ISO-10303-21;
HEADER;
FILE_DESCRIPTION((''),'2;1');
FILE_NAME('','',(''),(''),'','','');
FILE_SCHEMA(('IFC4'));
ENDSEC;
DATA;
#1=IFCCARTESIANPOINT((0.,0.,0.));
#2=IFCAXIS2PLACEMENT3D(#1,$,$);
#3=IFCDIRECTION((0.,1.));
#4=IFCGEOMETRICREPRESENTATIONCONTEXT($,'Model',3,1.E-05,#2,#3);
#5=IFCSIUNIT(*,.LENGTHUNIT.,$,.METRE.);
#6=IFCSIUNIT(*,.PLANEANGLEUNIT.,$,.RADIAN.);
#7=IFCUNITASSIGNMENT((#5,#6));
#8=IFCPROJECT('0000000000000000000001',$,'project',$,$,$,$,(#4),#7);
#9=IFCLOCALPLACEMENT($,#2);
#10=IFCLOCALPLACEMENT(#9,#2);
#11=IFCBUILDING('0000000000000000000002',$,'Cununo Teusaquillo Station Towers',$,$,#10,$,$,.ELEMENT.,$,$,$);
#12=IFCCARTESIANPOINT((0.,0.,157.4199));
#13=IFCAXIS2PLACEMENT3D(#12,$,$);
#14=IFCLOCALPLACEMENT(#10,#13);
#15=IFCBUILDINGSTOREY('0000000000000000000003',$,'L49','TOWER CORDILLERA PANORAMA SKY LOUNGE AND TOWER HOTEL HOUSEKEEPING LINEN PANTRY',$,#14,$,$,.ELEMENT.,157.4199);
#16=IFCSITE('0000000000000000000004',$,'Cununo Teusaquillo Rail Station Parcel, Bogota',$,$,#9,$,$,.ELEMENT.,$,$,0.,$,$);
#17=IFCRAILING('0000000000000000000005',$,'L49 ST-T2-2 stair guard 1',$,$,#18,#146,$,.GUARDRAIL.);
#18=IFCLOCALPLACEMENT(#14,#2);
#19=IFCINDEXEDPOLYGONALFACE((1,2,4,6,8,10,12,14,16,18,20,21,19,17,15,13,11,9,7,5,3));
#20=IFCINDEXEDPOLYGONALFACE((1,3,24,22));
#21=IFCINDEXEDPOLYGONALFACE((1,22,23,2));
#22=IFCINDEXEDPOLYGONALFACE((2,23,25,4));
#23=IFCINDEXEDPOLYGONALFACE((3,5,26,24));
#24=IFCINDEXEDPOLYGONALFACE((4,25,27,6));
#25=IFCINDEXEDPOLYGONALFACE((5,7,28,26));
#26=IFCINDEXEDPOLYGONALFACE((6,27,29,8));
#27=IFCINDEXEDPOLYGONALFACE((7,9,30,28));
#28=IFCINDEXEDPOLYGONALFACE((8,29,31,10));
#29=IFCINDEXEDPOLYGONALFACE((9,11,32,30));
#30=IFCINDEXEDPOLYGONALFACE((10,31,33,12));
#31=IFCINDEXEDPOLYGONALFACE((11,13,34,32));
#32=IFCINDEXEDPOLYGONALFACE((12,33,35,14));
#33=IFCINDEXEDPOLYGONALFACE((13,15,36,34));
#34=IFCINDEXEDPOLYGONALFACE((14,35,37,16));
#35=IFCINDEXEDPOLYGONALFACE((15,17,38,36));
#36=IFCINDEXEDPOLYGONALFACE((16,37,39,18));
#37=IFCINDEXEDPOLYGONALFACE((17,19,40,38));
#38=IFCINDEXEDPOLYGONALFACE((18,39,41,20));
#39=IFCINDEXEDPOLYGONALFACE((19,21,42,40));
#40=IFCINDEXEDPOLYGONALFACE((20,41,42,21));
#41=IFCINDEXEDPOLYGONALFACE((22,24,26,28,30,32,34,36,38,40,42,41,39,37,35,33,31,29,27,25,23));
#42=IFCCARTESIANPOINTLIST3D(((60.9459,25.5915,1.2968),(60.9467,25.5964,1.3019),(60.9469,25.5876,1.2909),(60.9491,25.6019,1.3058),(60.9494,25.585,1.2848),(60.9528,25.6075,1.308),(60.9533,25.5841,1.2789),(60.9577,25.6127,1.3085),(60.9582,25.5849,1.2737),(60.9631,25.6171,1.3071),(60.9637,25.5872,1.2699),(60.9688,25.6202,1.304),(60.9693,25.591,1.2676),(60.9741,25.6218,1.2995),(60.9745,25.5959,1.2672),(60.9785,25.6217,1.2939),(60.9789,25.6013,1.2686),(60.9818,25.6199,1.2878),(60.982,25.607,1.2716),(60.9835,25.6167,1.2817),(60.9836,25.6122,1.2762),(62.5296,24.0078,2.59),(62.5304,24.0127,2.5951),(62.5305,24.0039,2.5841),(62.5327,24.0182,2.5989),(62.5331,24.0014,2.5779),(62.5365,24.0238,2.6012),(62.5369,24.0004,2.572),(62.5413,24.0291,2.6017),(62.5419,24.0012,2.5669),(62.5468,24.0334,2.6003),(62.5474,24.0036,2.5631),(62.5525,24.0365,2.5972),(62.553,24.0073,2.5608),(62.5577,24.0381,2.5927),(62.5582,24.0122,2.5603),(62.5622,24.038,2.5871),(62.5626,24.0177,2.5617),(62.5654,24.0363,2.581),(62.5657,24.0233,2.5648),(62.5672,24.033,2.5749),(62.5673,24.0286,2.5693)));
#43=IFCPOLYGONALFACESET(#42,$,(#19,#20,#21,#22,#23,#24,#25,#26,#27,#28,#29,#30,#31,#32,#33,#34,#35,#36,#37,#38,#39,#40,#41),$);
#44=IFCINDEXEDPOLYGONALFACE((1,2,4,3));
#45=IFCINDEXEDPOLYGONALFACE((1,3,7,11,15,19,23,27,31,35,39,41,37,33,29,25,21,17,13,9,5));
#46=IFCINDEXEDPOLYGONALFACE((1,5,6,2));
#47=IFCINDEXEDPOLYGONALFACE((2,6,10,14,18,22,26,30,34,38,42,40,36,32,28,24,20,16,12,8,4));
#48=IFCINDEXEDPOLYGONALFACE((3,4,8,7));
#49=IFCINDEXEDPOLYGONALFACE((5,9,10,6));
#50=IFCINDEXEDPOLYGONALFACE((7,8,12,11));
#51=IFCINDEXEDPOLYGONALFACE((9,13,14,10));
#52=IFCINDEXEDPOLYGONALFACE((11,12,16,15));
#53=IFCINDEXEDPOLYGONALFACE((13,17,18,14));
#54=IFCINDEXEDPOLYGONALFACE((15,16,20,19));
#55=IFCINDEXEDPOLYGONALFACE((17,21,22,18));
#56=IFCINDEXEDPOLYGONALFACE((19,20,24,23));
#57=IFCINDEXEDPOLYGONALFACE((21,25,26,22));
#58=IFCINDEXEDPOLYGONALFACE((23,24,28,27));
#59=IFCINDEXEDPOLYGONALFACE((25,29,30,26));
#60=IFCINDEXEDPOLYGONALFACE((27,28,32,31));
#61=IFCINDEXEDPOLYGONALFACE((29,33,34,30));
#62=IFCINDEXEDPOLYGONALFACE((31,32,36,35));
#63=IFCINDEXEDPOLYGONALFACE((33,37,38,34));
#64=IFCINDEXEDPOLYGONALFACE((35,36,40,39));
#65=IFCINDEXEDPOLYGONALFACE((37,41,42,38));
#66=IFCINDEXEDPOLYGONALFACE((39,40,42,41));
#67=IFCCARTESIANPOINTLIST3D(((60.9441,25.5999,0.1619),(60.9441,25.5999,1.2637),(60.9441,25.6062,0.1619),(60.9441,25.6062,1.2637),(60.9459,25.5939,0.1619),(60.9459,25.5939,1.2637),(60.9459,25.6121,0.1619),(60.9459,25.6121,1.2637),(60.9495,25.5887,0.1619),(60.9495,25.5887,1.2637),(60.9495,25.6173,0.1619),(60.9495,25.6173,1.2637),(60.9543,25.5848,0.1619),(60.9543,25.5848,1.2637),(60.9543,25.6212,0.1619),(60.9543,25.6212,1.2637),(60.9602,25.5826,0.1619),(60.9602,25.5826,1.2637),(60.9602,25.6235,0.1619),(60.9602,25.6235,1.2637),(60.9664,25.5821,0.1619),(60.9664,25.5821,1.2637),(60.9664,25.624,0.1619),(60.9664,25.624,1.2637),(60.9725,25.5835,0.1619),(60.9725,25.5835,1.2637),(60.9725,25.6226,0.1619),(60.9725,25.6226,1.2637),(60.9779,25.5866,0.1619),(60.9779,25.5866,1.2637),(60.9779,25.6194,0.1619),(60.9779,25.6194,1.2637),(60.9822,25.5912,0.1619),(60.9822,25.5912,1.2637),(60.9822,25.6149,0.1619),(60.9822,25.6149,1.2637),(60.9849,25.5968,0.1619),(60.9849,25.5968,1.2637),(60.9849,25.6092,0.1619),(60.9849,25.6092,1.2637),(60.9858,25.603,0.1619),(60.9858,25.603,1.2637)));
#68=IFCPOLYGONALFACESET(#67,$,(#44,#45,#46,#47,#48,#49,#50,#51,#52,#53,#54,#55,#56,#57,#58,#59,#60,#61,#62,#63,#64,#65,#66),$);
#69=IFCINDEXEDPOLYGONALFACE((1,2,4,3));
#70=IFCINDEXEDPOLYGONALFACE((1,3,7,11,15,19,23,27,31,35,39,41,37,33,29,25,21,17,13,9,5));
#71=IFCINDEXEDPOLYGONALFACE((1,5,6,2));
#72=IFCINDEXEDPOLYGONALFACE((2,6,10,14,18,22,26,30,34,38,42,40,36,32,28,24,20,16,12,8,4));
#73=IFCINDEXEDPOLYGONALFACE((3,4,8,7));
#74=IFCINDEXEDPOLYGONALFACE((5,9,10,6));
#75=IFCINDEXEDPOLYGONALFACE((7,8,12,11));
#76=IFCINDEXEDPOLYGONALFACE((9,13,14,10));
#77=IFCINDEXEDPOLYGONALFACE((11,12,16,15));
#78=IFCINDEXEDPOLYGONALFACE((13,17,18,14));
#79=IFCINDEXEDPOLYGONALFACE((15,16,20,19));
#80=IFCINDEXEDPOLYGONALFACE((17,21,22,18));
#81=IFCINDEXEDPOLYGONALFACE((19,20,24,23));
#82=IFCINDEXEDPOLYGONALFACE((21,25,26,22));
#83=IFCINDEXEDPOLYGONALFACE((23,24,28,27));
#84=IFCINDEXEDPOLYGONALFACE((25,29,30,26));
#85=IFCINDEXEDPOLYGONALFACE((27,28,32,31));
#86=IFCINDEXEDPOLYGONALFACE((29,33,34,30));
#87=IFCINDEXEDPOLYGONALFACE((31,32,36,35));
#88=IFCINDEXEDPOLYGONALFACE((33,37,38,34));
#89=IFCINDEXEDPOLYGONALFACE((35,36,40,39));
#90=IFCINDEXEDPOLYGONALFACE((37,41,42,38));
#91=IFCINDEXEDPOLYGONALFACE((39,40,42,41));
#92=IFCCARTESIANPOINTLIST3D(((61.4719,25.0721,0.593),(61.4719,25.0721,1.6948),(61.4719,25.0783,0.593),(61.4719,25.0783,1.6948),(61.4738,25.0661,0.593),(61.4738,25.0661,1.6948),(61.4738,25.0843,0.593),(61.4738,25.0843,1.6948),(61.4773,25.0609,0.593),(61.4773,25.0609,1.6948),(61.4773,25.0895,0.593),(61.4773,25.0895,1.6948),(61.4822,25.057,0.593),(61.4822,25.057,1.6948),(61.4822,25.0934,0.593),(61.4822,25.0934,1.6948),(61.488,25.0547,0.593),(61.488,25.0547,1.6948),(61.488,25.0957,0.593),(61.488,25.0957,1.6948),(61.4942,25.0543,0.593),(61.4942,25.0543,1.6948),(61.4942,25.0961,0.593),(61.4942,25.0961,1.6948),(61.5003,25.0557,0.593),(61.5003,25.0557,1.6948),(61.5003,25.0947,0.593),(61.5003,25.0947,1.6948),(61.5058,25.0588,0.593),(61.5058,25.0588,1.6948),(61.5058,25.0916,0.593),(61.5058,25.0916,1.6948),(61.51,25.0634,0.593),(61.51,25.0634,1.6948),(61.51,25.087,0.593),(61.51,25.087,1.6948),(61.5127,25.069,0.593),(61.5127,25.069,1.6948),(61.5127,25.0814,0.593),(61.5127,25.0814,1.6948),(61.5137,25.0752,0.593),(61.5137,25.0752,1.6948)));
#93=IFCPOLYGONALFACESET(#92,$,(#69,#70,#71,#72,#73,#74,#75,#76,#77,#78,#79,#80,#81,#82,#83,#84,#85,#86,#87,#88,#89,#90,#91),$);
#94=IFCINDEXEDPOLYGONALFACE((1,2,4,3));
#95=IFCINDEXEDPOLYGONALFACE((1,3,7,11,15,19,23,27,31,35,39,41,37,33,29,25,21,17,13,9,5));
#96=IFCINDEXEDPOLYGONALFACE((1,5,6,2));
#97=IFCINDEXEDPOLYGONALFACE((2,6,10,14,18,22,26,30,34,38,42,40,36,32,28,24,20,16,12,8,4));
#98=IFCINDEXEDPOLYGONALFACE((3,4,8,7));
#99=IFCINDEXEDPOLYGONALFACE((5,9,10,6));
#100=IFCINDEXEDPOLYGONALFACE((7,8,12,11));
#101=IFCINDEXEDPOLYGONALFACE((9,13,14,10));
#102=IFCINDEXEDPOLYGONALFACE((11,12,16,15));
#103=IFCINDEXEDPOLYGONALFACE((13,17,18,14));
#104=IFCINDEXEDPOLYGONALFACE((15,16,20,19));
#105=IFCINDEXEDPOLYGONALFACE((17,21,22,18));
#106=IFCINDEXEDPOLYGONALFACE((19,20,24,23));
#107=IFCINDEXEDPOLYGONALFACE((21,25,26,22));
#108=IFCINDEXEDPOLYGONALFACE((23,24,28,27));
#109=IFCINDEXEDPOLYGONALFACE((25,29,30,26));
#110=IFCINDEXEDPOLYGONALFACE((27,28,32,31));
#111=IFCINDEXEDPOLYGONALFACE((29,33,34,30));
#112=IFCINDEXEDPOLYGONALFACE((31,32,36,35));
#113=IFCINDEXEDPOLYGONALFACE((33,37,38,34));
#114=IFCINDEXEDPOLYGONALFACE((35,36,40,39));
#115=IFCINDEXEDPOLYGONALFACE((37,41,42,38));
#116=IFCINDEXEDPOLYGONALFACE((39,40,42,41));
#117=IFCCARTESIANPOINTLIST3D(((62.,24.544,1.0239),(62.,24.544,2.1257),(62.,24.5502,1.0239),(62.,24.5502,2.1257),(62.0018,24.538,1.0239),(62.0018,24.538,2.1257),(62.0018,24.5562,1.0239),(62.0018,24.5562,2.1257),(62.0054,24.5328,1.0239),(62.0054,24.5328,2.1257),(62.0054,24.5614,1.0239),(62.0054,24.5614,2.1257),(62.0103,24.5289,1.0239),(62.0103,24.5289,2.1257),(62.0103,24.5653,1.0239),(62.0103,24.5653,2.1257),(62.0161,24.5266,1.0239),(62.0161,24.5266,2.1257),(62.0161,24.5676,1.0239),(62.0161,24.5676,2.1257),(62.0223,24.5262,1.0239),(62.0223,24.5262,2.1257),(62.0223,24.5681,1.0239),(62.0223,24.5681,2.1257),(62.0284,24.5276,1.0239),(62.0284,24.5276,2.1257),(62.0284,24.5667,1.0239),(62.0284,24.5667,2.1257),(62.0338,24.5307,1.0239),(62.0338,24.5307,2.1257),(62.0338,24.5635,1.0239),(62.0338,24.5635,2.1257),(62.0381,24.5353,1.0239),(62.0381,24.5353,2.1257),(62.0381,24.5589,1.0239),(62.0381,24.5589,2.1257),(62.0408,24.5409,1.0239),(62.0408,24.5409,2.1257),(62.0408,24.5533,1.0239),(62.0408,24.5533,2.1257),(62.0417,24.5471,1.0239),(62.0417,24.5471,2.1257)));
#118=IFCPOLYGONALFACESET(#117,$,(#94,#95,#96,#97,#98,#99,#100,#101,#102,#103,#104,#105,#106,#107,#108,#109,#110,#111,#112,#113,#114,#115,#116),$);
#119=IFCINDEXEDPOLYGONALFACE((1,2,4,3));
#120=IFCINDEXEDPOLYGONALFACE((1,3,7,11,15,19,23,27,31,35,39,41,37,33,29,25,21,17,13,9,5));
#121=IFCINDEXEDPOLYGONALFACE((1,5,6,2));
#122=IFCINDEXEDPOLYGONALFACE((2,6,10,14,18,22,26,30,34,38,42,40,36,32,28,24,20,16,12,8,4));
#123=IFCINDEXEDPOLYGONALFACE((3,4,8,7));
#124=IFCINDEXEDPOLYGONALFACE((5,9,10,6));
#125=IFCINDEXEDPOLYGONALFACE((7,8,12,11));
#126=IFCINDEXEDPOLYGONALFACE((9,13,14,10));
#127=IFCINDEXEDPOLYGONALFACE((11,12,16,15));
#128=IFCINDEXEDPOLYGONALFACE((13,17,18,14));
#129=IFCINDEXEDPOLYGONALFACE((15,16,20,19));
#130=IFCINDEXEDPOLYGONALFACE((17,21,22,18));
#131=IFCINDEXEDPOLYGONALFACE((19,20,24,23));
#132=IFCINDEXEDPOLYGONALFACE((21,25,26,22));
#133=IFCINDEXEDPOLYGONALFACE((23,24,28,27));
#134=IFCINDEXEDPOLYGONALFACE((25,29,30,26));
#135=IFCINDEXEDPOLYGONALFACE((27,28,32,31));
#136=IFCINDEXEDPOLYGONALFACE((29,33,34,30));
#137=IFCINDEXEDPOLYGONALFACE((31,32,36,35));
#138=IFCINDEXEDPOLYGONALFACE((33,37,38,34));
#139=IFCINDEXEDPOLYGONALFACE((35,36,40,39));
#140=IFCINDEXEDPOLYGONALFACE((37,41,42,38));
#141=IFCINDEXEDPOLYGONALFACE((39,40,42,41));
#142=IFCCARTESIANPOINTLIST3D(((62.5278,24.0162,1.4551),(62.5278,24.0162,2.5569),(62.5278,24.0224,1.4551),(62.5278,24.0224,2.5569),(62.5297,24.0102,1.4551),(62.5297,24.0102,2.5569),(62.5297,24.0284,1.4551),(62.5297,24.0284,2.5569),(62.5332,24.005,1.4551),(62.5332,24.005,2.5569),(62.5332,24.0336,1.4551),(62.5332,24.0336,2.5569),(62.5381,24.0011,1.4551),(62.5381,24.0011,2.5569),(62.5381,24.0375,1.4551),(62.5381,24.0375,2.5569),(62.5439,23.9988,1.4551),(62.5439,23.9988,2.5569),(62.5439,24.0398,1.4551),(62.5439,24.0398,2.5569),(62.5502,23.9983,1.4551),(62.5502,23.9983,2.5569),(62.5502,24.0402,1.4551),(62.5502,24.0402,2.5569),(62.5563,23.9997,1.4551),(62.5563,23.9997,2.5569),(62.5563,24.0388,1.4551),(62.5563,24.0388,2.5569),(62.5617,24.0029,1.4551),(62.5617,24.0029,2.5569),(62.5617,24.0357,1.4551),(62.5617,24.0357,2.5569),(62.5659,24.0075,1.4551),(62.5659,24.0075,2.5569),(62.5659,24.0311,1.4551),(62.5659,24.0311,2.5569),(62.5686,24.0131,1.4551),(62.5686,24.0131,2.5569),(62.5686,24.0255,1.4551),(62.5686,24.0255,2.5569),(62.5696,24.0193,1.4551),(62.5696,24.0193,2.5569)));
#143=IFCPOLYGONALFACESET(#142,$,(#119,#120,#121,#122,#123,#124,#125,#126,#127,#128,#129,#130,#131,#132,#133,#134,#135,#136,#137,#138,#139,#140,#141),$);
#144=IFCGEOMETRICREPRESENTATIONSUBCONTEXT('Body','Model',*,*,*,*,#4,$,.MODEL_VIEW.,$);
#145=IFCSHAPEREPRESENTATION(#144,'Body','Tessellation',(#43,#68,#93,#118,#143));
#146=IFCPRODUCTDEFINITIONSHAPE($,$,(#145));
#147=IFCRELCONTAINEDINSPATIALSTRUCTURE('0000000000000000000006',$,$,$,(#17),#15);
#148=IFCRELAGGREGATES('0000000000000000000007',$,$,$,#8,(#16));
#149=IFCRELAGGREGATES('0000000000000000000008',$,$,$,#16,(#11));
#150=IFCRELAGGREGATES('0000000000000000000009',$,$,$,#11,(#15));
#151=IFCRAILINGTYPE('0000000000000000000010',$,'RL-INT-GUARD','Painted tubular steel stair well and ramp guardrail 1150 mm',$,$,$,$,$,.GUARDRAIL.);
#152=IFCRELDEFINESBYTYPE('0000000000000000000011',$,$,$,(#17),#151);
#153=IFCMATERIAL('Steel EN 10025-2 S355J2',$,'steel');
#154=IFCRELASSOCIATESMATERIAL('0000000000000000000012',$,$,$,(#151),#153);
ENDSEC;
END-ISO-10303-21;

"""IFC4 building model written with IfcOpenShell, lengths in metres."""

from ifc_helpers import new_model, si_unit, direction, frame, origin, origin_2d, place, context, subcontext, project, spatial, circle, extrude, material, type_object, element, save


model = new_model("IFC4")

# Units and contexts
model_context = context("Model", 3, precision=1e-05, world=origin(), true_north=direction((0.0, 1.0)))
body_context = subcontext(model_context, "Body", "Model", "MODEL_VIEW")
ifc_project = project(units=[si_unit("LENGTHUNIT", "METRE"), si_unit("PLANEANGLEUNIT", "RADIAN")], contexts=[model_context])

# Site, building, storey
site_placement = place(None, origin())
site = spatial("IfcSite", under=ifc_project, at=site_placement, Name="Cununo Teusaquillo Rail Station Parcel, Bogota", CompositionType="ELEMENT", RefElevation=0.0)
building_placement = place(site_placement, origin())
building = spatial("IfcBuilding", under=site, at=building_placement, Name="Cununo Teusaquillo Station Towers", CompositionType="ELEMENT")
storey_placement = place(building_placement, frame((0.0, 0.0, 157.4199)))
storey = spatial("IfcBuildingStorey", under=building, at=storey_placement, Name="L49", Description="TOWER CORDILLERA PANORAMA SKY LOUNGE AND TOWER HOTEL HOUSEKEEPING LINEN PANTRY", CompositionType="ELEMENT", Elevation=157.4199)

# Railing
ifc_material_1 = material(Name="Steel EN 10025-2 S355J2", Category="steel")
railing_type_1 = type_object("IfcRailingType", Name="RL-INT-GUARD", Description="Painted tubular steel stair well and ramp guardrail 1150 mm", PredefinedType="GUARDRAIL", material=ifc_material_1)
railing_1_placement = place(storey_placement, frame((60.9648, 25.603, 0.1619)))
element("IfcRailing", 1, at=railing_1_placement, inside=storey, type_object=railing_type_1, Name="L49 ST-T2-2 stair guard 1", PredefinedType="GUARDRAIL", context=body_context, shape_type="SweptSolid", body=[
    extrude(circle(Radius=0.0239, at=origin_2d()), frame((0.0, 0.0, 1.126), z_axis=(0.612361, -0.612361, 0.500027), x_axis=(0.707107, 0.707107, 0.0)), (0.0, 0.0, 1.0), 2.5862),
    extrude(circle(Radius=0.021, at=origin_2d()), origin(), (0.0, 0.0, 1.0), 1.1018),
    extrude(circle(Radius=0.021, at=origin_2d()), frame((0.5278, -0.5278, 0.4312)), (0.0, 0.0, 1.0), 1.1018),
    extrude(circle(Radius=0.021, at=origin_2d()), frame((1.0559, -1.0559, 0.8621)), (0.0, 0.0, 1.0), 1.1018),
    extrude(circle(Radius=0.021, at=origin_2d()), frame((1.5837, -1.5837, 1.2932)), (0.0, 0.0, 1.0), 1.1018),
])

save(model, "model.ifc")
